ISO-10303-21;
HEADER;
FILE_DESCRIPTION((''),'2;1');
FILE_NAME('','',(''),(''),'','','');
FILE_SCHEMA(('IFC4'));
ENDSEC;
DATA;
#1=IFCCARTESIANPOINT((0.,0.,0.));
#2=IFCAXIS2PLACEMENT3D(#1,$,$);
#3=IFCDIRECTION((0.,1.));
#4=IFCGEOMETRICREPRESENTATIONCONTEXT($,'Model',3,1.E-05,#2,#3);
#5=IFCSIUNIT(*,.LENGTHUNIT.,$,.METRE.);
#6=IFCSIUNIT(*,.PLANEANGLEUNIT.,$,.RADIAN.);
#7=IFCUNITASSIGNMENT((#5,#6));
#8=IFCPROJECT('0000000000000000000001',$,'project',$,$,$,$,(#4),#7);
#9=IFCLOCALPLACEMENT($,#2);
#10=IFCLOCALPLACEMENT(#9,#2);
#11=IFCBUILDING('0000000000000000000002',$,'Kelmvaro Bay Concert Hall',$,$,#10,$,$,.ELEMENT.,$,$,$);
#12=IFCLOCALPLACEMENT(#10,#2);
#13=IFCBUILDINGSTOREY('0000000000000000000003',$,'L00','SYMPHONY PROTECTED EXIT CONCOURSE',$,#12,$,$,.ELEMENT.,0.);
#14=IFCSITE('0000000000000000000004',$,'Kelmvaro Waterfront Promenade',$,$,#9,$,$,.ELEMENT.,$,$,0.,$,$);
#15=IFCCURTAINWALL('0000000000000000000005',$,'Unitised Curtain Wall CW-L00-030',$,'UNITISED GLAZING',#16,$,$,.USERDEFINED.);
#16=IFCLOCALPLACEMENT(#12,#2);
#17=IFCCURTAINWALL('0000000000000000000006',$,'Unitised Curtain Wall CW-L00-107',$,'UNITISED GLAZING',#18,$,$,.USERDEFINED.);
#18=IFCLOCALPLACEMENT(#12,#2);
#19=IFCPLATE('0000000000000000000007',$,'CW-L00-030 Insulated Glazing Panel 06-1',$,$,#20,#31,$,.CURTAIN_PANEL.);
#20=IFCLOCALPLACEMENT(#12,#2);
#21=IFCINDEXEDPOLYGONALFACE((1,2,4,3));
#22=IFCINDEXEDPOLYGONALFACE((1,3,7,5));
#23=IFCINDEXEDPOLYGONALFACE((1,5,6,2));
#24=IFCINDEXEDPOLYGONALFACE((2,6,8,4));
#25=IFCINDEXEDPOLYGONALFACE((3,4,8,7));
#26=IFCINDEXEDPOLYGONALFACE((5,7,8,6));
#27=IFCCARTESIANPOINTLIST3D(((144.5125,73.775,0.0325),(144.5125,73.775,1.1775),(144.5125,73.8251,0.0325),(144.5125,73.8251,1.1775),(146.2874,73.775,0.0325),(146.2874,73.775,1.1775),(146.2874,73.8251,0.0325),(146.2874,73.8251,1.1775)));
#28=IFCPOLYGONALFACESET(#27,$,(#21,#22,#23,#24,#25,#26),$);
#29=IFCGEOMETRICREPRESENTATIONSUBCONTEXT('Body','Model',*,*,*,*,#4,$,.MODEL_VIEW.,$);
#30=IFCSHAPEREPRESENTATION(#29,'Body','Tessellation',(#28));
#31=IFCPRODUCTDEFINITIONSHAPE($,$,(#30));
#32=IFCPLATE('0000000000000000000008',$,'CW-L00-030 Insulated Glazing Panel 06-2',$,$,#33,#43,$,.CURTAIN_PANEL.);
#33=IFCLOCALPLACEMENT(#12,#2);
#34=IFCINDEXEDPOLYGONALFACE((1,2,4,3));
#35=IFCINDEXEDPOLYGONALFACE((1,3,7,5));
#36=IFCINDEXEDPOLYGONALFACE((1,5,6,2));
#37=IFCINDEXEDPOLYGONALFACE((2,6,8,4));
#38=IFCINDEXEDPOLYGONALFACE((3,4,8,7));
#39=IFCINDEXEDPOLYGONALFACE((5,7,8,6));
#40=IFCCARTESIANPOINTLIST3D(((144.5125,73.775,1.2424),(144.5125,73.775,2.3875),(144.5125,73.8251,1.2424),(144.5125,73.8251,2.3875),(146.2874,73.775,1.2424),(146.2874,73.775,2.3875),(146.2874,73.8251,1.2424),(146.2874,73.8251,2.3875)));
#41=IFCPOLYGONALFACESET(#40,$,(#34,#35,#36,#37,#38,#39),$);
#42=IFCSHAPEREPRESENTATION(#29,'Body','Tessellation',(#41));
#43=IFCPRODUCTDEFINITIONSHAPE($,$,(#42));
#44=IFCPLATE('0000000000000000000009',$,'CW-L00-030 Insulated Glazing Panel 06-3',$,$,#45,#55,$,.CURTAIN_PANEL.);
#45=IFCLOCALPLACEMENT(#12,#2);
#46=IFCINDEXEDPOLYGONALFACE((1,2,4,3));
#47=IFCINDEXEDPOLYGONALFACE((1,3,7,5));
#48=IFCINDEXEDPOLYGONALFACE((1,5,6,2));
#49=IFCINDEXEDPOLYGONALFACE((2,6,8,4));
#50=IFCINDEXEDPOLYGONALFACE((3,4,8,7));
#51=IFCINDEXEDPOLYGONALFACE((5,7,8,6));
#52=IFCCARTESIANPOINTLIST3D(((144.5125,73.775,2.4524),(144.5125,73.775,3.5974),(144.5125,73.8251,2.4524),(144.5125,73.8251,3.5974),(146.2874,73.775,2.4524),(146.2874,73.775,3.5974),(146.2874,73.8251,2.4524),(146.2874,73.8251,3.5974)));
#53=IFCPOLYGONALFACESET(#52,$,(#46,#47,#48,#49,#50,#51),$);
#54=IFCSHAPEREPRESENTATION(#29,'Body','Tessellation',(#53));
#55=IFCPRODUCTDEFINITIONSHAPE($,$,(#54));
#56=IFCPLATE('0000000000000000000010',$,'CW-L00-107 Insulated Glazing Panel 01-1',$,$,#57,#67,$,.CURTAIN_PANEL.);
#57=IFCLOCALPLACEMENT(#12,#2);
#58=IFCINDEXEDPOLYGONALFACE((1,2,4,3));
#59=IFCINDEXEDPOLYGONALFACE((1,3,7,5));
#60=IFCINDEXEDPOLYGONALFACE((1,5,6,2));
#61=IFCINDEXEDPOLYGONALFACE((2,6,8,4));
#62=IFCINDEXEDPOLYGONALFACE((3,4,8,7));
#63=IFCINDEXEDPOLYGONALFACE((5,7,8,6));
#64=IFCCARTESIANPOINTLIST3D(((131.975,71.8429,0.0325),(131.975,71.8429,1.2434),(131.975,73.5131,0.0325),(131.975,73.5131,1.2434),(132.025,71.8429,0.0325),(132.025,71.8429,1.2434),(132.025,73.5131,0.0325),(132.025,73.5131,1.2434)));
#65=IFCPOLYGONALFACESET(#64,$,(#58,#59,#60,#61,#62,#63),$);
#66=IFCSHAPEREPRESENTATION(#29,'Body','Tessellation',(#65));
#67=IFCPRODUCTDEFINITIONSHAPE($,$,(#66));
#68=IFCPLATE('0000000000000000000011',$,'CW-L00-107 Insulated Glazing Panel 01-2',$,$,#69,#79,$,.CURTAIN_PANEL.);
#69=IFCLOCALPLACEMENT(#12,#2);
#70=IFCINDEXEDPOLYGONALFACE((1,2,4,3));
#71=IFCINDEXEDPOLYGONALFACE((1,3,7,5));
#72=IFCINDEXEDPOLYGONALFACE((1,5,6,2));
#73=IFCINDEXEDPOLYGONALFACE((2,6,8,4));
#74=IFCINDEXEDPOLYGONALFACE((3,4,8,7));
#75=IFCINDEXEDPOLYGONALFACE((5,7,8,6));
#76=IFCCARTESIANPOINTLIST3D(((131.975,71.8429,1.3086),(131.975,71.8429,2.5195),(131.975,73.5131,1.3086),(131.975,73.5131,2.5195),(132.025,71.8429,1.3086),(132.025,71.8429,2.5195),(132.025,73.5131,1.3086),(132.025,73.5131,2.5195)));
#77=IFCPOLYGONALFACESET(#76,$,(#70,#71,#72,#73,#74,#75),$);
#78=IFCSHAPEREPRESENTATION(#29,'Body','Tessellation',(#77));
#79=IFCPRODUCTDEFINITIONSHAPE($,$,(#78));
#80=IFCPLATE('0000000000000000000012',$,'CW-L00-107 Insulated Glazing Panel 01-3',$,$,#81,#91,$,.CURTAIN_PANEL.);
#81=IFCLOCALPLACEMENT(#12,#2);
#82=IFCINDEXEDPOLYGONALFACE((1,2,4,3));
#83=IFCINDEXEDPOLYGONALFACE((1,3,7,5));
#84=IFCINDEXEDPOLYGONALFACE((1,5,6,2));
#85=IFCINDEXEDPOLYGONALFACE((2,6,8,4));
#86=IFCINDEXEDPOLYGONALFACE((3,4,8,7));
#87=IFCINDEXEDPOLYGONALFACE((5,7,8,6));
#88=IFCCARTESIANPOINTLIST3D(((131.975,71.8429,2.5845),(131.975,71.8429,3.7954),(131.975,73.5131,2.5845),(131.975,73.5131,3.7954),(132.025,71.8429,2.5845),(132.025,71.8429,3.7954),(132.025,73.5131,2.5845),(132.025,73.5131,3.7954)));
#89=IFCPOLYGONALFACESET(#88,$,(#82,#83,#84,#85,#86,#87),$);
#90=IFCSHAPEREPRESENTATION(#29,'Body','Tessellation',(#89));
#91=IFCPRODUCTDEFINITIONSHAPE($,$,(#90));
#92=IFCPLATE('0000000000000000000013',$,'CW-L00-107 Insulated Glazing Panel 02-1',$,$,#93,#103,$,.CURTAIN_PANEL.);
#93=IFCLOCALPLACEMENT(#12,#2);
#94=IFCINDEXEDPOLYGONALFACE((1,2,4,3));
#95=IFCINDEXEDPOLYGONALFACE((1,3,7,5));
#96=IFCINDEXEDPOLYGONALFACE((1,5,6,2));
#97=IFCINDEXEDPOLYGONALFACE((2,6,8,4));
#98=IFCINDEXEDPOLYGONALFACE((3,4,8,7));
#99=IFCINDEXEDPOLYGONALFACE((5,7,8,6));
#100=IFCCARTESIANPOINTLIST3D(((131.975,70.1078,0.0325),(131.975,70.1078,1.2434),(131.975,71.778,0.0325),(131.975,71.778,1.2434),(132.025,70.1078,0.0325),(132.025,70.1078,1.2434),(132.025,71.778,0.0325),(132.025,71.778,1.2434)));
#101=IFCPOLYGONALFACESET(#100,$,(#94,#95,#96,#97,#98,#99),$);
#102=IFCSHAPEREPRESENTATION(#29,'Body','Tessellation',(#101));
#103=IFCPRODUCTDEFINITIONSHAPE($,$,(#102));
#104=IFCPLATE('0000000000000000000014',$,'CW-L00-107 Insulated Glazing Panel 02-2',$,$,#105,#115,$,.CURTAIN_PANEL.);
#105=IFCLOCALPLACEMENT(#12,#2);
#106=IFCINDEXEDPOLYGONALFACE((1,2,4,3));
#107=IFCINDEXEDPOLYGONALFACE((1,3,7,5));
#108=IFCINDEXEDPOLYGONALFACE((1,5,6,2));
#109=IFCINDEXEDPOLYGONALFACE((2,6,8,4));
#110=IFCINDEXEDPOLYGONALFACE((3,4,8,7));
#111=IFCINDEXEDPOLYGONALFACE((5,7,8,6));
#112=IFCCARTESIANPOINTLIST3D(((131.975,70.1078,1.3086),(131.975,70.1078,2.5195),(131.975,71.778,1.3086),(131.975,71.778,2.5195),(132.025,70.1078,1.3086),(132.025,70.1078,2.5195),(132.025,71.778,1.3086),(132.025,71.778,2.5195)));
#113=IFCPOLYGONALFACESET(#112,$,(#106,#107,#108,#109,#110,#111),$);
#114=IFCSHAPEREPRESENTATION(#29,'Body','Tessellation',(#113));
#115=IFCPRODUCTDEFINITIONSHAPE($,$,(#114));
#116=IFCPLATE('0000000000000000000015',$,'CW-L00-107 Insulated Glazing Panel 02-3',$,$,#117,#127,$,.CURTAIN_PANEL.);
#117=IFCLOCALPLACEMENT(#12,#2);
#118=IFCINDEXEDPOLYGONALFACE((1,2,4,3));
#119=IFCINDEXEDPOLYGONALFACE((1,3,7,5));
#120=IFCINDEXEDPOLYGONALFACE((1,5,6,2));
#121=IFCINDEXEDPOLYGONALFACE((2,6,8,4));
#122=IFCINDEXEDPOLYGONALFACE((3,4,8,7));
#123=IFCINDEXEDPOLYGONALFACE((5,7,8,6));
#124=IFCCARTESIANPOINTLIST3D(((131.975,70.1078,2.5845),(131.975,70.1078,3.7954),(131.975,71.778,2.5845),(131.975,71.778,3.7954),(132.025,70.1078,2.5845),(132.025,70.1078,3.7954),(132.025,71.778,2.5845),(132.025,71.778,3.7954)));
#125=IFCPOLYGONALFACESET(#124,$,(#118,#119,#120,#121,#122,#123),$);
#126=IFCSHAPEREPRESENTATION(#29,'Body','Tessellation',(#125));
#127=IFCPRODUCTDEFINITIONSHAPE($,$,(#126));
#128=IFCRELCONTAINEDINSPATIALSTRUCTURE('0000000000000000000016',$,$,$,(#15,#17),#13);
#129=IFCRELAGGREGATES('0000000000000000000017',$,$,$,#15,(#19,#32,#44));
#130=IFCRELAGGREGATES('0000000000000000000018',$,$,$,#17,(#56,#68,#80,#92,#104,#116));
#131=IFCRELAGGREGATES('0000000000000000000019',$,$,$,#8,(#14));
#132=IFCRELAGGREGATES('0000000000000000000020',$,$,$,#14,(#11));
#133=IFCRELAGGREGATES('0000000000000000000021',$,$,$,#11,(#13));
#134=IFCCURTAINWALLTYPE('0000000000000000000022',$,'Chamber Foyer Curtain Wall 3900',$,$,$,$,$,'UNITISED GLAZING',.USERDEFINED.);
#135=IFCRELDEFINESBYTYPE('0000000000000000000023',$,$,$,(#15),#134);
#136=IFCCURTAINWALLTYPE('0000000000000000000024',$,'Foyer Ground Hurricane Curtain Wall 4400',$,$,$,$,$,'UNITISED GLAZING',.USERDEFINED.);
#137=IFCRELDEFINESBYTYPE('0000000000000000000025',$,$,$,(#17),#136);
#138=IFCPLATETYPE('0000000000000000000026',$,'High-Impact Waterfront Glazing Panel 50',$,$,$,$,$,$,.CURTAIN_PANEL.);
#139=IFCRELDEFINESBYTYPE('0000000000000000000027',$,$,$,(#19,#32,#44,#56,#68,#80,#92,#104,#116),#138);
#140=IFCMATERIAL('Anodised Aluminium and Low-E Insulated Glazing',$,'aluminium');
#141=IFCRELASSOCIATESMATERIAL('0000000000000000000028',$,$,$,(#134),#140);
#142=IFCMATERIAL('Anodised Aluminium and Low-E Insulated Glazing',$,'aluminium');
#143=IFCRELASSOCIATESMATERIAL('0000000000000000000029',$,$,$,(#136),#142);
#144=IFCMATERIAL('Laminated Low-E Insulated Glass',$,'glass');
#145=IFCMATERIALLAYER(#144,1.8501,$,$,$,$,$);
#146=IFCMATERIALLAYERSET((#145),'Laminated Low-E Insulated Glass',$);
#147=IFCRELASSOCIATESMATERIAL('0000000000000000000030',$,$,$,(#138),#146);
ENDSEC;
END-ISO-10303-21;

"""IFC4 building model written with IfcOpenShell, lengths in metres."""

from ifc_helpers import new_model, si_unit, direction, frame, origin, origin_2d, place, context, subcontext, project, spatial, rectangle, extrude, material, layer, layer_set, type_object, element, aggregate, save


model = new_model("IFC4")

# Units and contexts
model_context = context("Model", 3, precision=1e-05, world=origin(), true_north=direction((0.0, 1.0)))
body_context = subcontext(model_context, "Body", "Model", "MODEL_VIEW")
ifc_project = project(units=[si_unit("LENGTHUNIT", "METRE"), si_unit("PLANEANGLEUNIT", "RADIAN")], contexts=[model_context])

# Site, building, storey
site_placement = place(None, origin())
site = spatial("IfcSite", under=ifc_project, at=site_placement, Name="Kelmvaro Waterfront Promenade", CompositionType="ELEMENT", RefElevation=0.0)
building_placement = place(site_placement, origin())
building = spatial("IfcBuilding", under=site, at=building_placement, Name="Kelmvaro Bay Concert Hall", CompositionType="ELEMENT")
storey_placement = place(building_placement, origin())
storey = spatial("IfcBuildingStorey", under=building, at=storey_placement, Name="L00", Description="SYMPHONY PROTECTED EXIT CONCOURSE", CompositionType="ELEMENT", Elevation=0.0)

# Curtain walls
ifc_material_1 = material(Name="Anodised Aluminium and Low-E Insulated Glazing", Category="aluminium")
curtain_wall_type_1 = type_object("IfcCurtainWallType", Name="Chamber Foyer Curtain Wall 3900", ElementType="UNITISED GLAZING", PredefinedType="USERDEFINED", material=ifc_material_1)
curtain_wall_1_placement = place(storey_placement, origin())
curtain_wall_1 = element("IfcCurtainWall", 1, at=curtain_wall_1_placement, inside=storey, type_object=curtain_wall_type_1, Name="Unitised Curtain Wall CW-L00-030", ObjectType="UNITISED GLAZING", PredefinedType="USERDEFINED")
ifc_material_2 = material(Name="Anodised Aluminium and Low-E Insulated Glazing", Category="aluminium")
curtain_wall_type_2 = type_object("IfcCurtainWallType", Name="Foyer Ground Hurricane Curtain Wall 4400", ElementType="UNITISED GLAZING", PredefinedType="USERDEFINED", material=ifc_material_2)
curtain_wall_2_placement = place(storey_placement, origin())
curtain_wall_2 = element("IfcCurtainWall", 2, at=curtain_wall_2_placement, inside=storey, type_object=curtain_wall_type_2, Name="Unitised Curtain Wall CW-L00-107", ObjectType="UNITISED GLAZING", PredefinedType="USERDEFINED")

# Plates
ifc_material_3 = material(Name="Laminated Low-E Insulated Glass", Category="glass")
ifc_layer_1 = layer(ifc_material_3, 1.8501)
ifc_layer_set_1 = layer_set([ifc_layer_1], Name="Laminated Low-E Insulated Glass")
plate_type = type_object("IfcPlateType", Name="High-Impact Waterfront Glazing Panel 50", PredefinedType="CURTAIN_PANEL", material=ifc_layer_set_1)
plate_1_placement = place(storey_placement, frame((145.3999, 73.8, 0.0325), z_axis=(0.0, 0.0, 1.0), x_axis=(-1.0, 0.0, 0.0)))
plate_1 = element("IfcPlate", 3, at=plate_1_placement, type_object=plate_type, Name="CW-L00-030 Insulated Glazing Panel 06-1", PredefinedType="CURTAIN_PANEL", context=body_context, shape_type="SweptSolid", body=[
    extrude(rectangle(XDim=1.7749, YDim=0.05, at=origin_2d()), origin(), (0.0, 0.0, 1.0), 1.145),
])
plate_2_placement = place(storey_placement, frame((145.3999, 73.8, 1.2424), z_axis=(0.0, 0.0, 1.0), x_axis=(-1.0, 0.0, 0.0)))
plate_2 = element("IfcPlate", 4, at=plate_2_placement, type_object=plate_type, Name="CW-L00-030 Insulated Glazing Panel 06-2", PredefinedType="CURTAIN_PANEL", context=body_context, shape_type="SweptSolid", body=[
    extrude(rectangle(XDim=1.7749, YDim=0.05, at=origin_2d()), origin(), (0.0, 0.0, 1.0), 1.145),
])
plate_3_placement = place(storey_placement, frame((145.3999, 73.8, 2.4524), z_axis=(0.0, 0.0, 1.0), x_axis=(-1.0, 0.0, 0.0)))
plate_3 = element("IfcPlate", 5, at=plate_3_placement, type_object=plate_type, Name="CW-L00-030 Insulated Glazing Panel 06-3", PredefinedType="CURTAIN_PANEL", context=body_context, shape_type="SweptSolid", body=[
    extrude(rectangle(XDim=1.7749, YDim=0.05, at=origin_2d()), origin(), (0.0, 0.0, 1.0), 1.145),
])
aggregate(curtain_wall_1, [plate_1, plate_2, plate_3])
plate_4_placement = place(storey_placement, frame((132.0, 72.678, 0.0325), z_axis=(0.0, 0.0, 1.0), x_axis=(0.0, -1.0, 0.0)))
plate_4 = element("IfcPlate", 6, at=plate_4_placement, type_object=plate_type, Name="CW-L00-107 Insulated Glazing Panel 01-1", PredefinedType="CURTAIN_PANEL", context=body_context, shape_type="SweptSolid", body=[
    extrude(rectangle(XDim=1.6702, YDim=0.05, at=origin_2d()), origin(), (0.0, 0.0, 1.0), 1.2109),
])
plate_5_placement = place(storey_placement, frame((132.0, 72.678, 1.3086), z_axis=(0.0, 0.0, 1.0), x_axis=(0.0, -1.0, 0.0)))
plate_5 = element("IfcPlate", 7, at=plate_5_placement, type_object=plate_type, Name="CW-L00-107 Insulated Glazing Panel 01-2", PredefinedType="CURTAIN_PANEL", context=body_context, shape_type="SweptSolid", body=[
    extrude(rectangle(XDim=1.6702, YDim=0.05, at=origin_2d()), origin(), (0.0, 0.0, 1.0), 1.2109),
])
plate_6_placement = place(storey_placement, frame((132.0, 72.678, 2.5845), z_axis=(0.0, 0.0, 1.0), x_axis=(0.0, -1.0, 0.0)))
plate_6 = element("IfcPlate", 8, at=plate_6_placement, type_object=plate_type, Name="CW-L00-107 Insulated Glazing Panel 01-3", PredefinedType="CURTAIN_PANEL", context=body_context, shape_type="SweptSolid", body=[
    extrude(rectangle(XDim=1.6702, YDim=0.05, at=origin_2d()), origin(), (0.0, 0.0, 1.0), 1.2109),
])
plate_7_placement = place(storey_placement, frame((132.0, 70.9429, 0.0325), z_axis=(0.0, 0.0, 1.0), x_axis=(0.0, -1.0, 0.0)))
plate_7 = element("IfcPlate", 9, at=plate_7_placement, type_object=plate_type, Name="CW-L00-107 Insulated Glazing Panel 02-1", PredefinedType="CURTAIN_PANEL", context=body_context, shape_type="SweptSolid", body=[
    extrude(rectangle(XDim=1.6702, YDim=0.05, at=origin_2d()), origin(), (0.0, 0.0, 1.0), 1.2109),
])
plate_8_placement = place(storey_placement, frame((132.0, 70.9429, 1.3086), z_axis=(0.0, 0.0, 1.0), x_axis=(0.0, -1.0, 0.0)))
plate_8 = element("IfcPlate", 10, at=plate_8_placement, type_object=plate_type, Name="CW-L00-107 Insulated Glazing Panel 02-2", PredefinedType="CURTAIN_PANEL", context=body_context, shape_type="SweptSolid", body=[
    extrude(rectangle(XDim=1.6702, YDim=0.05, at=origin_2d()), origin(), (0.0, 0.0, 1.0), 1.2109),
])
plate_9_placement = place(storey_placement, frame((132.0, 70.9429, 2.5845), z_axis=(0.0, 0.0, 1.0), x_axis=(0.0, -1.0, 0.0)))
plate_9 = element("IfcPlate", 11, at=plate_9_placement, type_object=plate_type, Name="CW-L00-107 Insulated Glazing Panel 02-3", PredefinedType="CURTAIN_PANEL", context=body_context, shape_type="SweptSolid", body=[
    extrude(rectangle(XDim=1.6702, YDim=0.05, at=origin_2d()), origin(), (0.0, 0.0, 1.0), 1.2109),
])
aggregate(curtain_wall_2, [plate_4, plate_5, plate_6, plate_7, plate_8, plate_9])

save(model, "model.ifc")
